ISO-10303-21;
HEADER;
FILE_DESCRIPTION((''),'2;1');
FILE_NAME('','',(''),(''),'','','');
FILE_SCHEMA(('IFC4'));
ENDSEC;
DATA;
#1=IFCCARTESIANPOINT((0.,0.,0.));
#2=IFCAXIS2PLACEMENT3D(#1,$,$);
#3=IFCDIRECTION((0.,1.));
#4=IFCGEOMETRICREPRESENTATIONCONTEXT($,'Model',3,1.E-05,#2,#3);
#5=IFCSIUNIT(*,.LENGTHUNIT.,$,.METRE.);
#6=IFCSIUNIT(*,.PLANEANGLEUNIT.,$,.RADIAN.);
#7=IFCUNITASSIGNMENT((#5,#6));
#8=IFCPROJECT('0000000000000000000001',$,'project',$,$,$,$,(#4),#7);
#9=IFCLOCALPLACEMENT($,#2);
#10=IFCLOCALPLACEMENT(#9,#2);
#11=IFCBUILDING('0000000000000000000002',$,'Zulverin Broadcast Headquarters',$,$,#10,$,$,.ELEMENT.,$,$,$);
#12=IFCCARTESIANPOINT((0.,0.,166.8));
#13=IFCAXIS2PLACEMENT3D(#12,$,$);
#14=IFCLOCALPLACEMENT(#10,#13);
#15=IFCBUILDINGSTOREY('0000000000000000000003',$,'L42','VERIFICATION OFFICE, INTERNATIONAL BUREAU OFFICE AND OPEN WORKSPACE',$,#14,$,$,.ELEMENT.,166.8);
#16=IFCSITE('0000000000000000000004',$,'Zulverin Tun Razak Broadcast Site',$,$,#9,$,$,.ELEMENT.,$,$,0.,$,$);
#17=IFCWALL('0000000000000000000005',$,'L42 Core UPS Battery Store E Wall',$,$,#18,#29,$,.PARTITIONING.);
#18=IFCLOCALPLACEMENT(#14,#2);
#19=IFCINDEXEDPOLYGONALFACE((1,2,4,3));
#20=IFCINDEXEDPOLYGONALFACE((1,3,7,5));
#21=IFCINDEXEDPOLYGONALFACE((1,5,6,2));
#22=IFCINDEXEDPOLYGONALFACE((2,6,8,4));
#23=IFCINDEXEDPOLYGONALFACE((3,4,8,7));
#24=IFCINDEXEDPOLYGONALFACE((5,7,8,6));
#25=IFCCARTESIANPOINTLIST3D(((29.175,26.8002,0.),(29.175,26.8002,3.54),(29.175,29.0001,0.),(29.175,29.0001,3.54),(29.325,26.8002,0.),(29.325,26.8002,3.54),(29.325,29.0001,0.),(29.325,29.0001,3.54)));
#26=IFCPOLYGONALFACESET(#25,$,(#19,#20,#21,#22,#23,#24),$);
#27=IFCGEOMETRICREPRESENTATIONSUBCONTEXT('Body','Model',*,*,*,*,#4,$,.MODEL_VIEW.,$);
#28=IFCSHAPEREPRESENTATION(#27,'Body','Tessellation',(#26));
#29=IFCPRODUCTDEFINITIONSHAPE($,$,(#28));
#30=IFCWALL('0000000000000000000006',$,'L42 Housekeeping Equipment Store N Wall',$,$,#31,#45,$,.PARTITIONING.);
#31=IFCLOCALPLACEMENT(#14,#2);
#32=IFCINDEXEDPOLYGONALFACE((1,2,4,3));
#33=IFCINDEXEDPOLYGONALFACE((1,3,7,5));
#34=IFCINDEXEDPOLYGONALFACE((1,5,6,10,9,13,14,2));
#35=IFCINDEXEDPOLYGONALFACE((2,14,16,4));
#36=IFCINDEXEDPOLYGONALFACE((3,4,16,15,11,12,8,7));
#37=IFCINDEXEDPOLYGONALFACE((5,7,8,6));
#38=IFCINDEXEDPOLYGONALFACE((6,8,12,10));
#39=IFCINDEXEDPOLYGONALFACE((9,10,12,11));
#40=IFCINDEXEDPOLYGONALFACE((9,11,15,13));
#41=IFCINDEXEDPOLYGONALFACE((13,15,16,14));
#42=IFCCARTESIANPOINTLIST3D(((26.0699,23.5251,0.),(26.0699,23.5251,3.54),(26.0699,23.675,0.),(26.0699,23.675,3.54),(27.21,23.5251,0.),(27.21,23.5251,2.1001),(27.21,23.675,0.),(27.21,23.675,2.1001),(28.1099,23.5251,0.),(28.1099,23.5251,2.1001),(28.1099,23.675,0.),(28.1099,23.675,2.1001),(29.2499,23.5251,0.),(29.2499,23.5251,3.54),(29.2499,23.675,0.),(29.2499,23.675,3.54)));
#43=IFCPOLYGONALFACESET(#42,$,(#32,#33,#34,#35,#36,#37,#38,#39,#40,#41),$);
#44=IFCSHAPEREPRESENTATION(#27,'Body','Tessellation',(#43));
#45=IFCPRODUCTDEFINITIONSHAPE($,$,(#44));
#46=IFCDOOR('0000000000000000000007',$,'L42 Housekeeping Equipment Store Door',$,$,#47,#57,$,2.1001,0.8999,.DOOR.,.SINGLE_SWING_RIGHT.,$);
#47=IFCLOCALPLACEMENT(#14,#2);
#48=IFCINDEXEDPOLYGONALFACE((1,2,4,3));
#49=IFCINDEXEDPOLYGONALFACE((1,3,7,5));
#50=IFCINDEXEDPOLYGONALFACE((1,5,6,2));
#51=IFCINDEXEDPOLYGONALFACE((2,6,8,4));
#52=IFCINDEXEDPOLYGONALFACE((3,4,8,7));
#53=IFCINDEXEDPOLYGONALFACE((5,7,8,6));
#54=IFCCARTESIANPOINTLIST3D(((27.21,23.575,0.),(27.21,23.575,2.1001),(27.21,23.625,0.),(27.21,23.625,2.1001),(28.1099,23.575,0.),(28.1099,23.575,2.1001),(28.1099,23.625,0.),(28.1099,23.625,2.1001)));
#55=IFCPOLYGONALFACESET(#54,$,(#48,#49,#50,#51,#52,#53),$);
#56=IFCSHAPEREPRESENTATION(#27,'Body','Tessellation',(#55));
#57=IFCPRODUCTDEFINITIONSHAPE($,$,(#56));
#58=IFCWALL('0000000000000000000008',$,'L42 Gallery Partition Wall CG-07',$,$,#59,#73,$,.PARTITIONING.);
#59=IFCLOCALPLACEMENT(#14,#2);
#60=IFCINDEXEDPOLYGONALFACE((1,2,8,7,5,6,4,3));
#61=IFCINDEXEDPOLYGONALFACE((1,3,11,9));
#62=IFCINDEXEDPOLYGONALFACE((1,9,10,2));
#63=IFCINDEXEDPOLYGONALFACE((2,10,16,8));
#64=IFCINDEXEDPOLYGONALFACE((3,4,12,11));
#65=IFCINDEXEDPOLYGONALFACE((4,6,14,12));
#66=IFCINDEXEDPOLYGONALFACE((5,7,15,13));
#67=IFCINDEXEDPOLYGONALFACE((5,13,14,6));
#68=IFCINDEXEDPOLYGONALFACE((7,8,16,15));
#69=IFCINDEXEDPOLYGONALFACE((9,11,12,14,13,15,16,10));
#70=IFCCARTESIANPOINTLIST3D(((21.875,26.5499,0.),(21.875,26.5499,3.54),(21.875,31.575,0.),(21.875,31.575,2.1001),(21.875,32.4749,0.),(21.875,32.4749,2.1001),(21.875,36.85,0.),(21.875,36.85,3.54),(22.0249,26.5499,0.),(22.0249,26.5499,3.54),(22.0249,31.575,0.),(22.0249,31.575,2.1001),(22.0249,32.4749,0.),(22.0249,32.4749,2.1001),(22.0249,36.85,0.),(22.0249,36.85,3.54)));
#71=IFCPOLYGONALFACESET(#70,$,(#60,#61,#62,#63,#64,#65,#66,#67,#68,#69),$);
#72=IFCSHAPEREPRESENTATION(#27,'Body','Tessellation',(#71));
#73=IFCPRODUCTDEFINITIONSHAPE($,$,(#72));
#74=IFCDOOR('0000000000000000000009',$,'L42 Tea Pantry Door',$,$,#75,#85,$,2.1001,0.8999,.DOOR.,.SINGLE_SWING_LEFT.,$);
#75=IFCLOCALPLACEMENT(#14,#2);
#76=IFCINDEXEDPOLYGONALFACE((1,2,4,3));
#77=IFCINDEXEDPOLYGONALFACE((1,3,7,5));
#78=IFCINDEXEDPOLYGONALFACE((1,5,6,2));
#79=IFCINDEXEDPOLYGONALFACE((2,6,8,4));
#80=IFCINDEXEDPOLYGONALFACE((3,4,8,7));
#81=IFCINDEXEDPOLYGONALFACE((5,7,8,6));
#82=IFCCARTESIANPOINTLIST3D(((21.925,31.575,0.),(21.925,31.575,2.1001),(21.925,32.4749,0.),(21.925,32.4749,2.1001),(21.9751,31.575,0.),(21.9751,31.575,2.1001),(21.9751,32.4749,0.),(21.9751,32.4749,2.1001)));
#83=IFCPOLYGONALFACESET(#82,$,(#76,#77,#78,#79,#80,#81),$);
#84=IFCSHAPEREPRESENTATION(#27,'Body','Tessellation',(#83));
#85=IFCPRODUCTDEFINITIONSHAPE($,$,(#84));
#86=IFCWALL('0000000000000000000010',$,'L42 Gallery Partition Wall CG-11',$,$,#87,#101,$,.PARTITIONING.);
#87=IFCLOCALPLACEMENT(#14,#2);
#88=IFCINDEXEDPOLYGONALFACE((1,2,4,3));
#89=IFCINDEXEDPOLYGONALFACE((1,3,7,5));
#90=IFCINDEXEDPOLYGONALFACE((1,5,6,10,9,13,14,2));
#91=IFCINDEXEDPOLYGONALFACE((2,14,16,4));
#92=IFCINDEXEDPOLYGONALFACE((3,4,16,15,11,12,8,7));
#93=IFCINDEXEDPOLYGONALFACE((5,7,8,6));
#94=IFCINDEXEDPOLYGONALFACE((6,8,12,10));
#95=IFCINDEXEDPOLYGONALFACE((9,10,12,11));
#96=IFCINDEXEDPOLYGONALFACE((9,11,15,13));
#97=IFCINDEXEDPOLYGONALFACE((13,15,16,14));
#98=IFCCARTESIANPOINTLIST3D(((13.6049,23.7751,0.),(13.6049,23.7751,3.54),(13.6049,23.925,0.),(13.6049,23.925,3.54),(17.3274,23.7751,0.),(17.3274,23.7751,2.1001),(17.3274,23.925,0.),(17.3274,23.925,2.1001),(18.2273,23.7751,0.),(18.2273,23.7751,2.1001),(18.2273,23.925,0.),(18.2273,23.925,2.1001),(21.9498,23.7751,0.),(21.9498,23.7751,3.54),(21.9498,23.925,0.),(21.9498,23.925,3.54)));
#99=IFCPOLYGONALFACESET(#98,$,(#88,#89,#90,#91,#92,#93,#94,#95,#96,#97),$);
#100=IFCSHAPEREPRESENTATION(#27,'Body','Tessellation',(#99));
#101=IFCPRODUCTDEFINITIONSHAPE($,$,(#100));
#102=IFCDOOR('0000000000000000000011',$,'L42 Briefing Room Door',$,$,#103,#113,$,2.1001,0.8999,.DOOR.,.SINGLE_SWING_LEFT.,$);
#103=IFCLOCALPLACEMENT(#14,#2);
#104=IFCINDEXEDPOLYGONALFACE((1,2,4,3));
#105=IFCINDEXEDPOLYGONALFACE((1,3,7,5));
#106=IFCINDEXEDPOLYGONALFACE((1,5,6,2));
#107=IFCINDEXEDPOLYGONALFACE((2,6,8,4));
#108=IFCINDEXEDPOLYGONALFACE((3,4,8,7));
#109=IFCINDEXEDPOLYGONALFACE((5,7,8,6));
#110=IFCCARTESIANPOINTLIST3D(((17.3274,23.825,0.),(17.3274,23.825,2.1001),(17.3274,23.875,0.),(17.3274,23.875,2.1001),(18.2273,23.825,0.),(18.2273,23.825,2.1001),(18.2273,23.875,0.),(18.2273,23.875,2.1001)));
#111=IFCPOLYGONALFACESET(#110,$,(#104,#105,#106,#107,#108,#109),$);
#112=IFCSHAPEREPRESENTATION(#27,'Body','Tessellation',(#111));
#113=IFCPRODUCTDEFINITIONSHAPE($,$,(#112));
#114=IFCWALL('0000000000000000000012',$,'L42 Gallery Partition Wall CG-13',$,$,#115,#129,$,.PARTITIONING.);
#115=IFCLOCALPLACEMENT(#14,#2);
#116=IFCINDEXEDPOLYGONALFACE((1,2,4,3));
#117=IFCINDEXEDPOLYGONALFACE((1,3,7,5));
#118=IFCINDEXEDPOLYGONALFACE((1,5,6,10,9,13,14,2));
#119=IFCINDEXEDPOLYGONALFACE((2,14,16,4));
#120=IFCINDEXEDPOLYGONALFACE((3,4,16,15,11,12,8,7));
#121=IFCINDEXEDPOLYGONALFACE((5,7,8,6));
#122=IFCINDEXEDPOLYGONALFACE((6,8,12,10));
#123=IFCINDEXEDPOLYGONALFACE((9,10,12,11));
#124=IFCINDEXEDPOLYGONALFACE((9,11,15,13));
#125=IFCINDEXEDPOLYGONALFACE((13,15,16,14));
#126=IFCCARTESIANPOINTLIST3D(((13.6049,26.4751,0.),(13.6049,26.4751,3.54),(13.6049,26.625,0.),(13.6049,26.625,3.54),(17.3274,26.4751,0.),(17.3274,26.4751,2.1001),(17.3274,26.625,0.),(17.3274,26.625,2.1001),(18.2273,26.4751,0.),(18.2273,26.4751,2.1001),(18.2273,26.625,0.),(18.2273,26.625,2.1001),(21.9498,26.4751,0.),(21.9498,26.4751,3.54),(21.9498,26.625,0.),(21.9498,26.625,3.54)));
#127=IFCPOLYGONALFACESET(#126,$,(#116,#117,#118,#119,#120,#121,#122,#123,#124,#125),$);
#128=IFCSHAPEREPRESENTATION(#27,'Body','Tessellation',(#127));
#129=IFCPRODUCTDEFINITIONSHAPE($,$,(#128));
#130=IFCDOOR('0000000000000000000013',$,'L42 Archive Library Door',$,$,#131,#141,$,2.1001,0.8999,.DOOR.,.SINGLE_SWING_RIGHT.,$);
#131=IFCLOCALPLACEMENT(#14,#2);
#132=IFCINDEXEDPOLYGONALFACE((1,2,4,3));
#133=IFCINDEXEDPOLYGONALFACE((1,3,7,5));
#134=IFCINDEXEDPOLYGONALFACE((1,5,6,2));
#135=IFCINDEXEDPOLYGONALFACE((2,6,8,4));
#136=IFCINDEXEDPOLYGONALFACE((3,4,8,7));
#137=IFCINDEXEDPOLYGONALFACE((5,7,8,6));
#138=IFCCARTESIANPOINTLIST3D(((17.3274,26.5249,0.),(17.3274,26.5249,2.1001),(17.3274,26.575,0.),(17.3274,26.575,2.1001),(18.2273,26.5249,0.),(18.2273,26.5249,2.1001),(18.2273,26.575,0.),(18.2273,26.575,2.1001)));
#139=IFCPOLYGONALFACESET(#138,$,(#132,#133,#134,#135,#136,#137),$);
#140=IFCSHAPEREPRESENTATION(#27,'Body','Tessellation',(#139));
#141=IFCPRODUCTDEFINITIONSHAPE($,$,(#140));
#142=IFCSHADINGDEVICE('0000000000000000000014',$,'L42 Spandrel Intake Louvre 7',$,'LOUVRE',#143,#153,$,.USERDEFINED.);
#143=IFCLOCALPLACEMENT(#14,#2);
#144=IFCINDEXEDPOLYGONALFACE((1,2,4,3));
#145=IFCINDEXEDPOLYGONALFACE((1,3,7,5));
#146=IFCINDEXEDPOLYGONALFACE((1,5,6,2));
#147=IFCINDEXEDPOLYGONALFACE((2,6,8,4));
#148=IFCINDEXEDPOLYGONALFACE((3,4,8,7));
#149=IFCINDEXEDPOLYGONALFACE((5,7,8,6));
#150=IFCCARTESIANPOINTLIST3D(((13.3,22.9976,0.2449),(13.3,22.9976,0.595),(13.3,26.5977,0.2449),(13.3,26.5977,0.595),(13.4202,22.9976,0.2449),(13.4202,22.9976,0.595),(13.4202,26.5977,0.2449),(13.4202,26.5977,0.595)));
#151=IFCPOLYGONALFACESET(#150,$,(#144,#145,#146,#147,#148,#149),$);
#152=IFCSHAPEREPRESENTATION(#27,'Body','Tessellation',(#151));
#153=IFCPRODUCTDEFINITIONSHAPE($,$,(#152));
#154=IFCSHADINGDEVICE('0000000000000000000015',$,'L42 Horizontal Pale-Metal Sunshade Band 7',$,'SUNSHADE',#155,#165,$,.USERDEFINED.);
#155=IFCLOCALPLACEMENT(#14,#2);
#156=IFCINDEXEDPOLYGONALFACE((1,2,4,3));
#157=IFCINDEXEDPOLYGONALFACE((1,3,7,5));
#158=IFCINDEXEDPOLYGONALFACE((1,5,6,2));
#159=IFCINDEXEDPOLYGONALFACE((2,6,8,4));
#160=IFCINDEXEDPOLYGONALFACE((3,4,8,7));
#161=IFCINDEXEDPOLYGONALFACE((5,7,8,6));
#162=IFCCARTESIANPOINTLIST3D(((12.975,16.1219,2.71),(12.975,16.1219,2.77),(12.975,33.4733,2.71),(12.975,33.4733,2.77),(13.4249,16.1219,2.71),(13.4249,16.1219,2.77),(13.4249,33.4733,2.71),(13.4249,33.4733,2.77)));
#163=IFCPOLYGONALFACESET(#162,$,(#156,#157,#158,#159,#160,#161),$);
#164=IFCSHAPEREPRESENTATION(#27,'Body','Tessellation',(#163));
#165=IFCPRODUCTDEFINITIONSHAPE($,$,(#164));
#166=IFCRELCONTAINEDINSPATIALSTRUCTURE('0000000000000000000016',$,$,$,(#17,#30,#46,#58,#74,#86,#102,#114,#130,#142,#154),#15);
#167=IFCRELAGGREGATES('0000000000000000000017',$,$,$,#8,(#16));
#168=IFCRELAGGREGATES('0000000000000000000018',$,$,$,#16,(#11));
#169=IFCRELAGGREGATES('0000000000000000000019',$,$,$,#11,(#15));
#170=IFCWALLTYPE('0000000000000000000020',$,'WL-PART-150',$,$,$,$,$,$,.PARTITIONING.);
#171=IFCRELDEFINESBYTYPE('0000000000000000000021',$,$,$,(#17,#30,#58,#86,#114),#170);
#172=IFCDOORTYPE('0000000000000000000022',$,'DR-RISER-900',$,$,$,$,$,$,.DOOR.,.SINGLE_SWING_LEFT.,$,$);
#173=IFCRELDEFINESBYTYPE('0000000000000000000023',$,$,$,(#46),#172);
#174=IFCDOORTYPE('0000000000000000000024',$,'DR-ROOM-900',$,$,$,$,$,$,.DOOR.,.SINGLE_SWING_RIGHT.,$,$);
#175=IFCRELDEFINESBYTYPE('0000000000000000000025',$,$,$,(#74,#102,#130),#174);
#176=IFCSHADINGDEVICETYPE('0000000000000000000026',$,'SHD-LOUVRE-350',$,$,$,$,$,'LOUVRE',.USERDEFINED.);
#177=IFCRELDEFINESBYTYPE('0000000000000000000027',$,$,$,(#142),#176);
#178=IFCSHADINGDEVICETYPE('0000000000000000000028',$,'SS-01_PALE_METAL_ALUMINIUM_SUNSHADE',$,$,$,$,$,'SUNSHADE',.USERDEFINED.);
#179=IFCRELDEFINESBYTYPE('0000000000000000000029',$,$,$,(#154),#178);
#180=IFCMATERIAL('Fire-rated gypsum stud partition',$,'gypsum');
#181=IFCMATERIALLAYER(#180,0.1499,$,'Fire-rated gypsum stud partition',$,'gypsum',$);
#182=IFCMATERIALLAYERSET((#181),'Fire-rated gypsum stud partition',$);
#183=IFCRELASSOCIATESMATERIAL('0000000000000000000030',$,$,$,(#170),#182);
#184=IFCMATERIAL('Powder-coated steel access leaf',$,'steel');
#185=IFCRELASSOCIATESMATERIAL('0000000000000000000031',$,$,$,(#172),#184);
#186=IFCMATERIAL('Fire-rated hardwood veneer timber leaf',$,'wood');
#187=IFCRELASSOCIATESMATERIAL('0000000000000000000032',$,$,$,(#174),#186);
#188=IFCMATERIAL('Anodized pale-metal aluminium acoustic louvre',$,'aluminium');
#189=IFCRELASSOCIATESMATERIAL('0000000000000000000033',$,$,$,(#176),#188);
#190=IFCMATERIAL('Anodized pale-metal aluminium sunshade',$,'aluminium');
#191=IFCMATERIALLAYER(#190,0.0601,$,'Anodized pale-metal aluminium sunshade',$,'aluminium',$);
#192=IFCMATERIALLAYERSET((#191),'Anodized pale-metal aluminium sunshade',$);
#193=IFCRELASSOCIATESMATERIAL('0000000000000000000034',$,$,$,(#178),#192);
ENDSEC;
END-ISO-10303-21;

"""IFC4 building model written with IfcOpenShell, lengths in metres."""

from ifc_helpers import new_model, si_unit, direction, frame, frame_2d, origin, origin_2d, place, context, subcontext, project, spatial, rectangle, extrude, material, layer, layer_set, type_object, element, fill, save


model = new_model("IFC4")

# Units and contexts
model_context = context("Model", 3, precision=1e-05, world=origin(), true_north=direction((0.0, 1.0)))
body_context = subcontext(model_context, "Body", "Model", "MODEL_VIEW")
ifc_project = project(units=[si_unit("LENGTHUNIT", "METRE"), si_unit("PLANEANGLEUNIT", "RADIAN")], contexts=[model_context])

# Site, building, storey
site_placement = place(None, origin())
site = spatial("IfcSite", under=ifc_project, at=site_placement, Name="Zulverin Tun Razak Broadcast Site", CompositionType="ELEMENT", RefElevation=0.0)
building_placement = place(site_placement, origin())
building = spatial("IfcBuilding", under=site, at=building_placement, Name="Zulverin Broadcast Headquarters", CompositionType="ELEMENT")
storey_placement = place(building_placement, frame((0.0, 0.0, 166.8)))
storey = spatial("IfcBuildingStorey", under=building, at=storey_placement, Name="L42", Description="VERIFICATION OFFICE, INTERNATIONAL BUREAU OFFICE AND OPEN WORKSPACE", CompositionType="ELEMENT", Elevation=166.8)

# Shared definitions
ifc_material_1 = material(Name="Fire-rated gypsum stud partition", Category="gypsum")
ifc_layer_1 = layer(ifc_material_1, 0.1499, Name="Fire-rated gypsum stud partition", Category="gypsum")
ifc_layer_set_1 = layer_set([ifc_layer_1], Name="Fire-rated gypsum stud partition")
wall_type_1 = type_object("IfcWallType", Name="WL-PART-150", PredefinedType="PARTITIONING", material=ifc_layer_set_1)

# Shared definitions
ifc_material_2 = material(Name="Powder-coated steel access leaf", Category="steel")
door_type_1 = type_object("IfcDoorType", Name="DR-RISER-900", OperationType="SINGLE_SWING_LEFT", PredefinedType="DOOR", material=ifc_material_2)

# Wall
wall_1_placement = place(storey_placement, frame((29.25, 26.8, 0.0), z_axis=(0.0, 0.0, 1.0), x_axis=(0.0, 1.0, 0.0)))
element("IfcWall", 1, at=wall_1_placement, inside=storey, type_object=wall_type_1, Name="L42 Core UPS Battery Store E Wall", PredefinedType="PARTITIONING", context=body_context, shape_type="SweptSolid", body=[
    extrude(rectangle(XDim=2.2, YDim=0.1499, at=frame_2d((1.1001, 0.0))), origin(), (0.0, 0.0, 1.0), 3.54),
])

# Walls, openings, doors
wall_2_placement = place(storey_placement, frame((26.0701, 23.6001, 0.0), z_axis=(0.0, 0.0, 1.0), x_axis=(1.0, 0.0, 0.0)))
wall_2 = element("IfcWall", 2, at=wall_2_placement, inside=storey, type_object=wall_type_1, Name="L42 Housekeeping Equipment Store N Wall", PredefinedType="PARTITIONING", context=body_context, shape_type="SweptSolid", body=[
    extrude(rectangle(XDim=3.1799, YDim=0.1499, at=frame_2d((1.5898, 0.0))), origin(), (0.0, 0.0, 1.0), 3.54),
])
opening_1_placement = place(wall_2_placement, frame((1.1399, 0.0, 0.0)))
opening_1 = element("IfcOpeningElement", 3, at=opening_1_placement, cuts=wall_2, PredefinedType="OPENING", context=body_context, shape_type="SweptSolid", body=[
    extrude(rectangle(XDim=0.8999, YDim=2.1001, at=frame_2d((0.45, 1.05))), frame((0.0, 0.085, 0.0), z_axis=(0.0, -1.0, 0.0), x_axis=(1.0, 0.0, 0.0)), (0.0, 0.0, 1.0), 0.1699),
])
door_1_placement = place(opening_1_placement, origin())
door_1 = element("IfcDoor", 4, at=door_1_placement, inside=storey, type_object=door_type_1, Name="L42 Housekeeping Equipment Store Door", OperationType="SINGLE_SWING_RIGHT", OverallHeight=2.1001, OverallWidth=0.8999, PredefinedType="DOOR", context=body_context, shape_type="SweptSolid", body=[
    extrude(rectangle(XDim=0.8999, YDim=2.1001, at=frame_2d((0.45, 1.05))), frame((0.0, 0.0249, 0.0), z_axis=(0.0, -1.0, 0.0), x_axis=(1.0, 0.0, 0.0)), (0.0, 0.0, 1.0), 0.05),
])
fill(opening_1, door_1)
wall_3_placement = place(storey_placement, frame((21.95, 26.55, 0.0), z_axis=(0.0, 0.0, 1.0), x_axis=(0.0, 1.0, 0.0)))
wall_3 = element("IfcWall", 5, at=wall_3_placement, inside=storey, type_object=wall_type_1, Name="L42 Gallery Partition Wall CG-07", PredefinedType="PARTITIONING", context=body_context, shape_type="SweptSolid", body=[
    extrude(rectangle(XDim=10.3, YDim=0.1499, at=frame_2d((5.1499, 0.0))), origin(), (0.0, 0.0, 1.0), 3.54),
])
opening_2_placement = place(wall_3_placement, frame((5.0249, 0.0, 0.0)))
opening_2 = element("IfcOpeningElement", 6, at=opening_2_placement, cuts=wall_3, PredefinedType="OPENING", context=body_context, shape_type="SweptSolid", body=[
    extrude(rectangle(XDim=0.8999, YDim=2.1001, at=frame_2d((0.45, 1.05))), frame((0.0, 0.085, 0.0), z_axis=(0.0, -1.0, 0.0), x_axis=(1.0, 0.0, 0.0)), (0.0, 0.0, 1.0), 0.1699),
])
ifc_material_3 = material(Name="Fire-rated hardwood veneer timber leaf", Category="wood")
door_type_2 = type_object("IfcDoorType", Name="DR-ROOM-900", OperationType="SINGLE_SWING_RIGHT", PredefinedType="DOOR", material=ifc_material_3)
door_2_placement = place(opening_2_placement, origin())
door_2 = element("IfcDoor", 7, at=door_2_placement, inside=storey, type_object=door_type_2, Name="L42 Tea Pantry Door", OperationType="SINGLE_SWING_LEFT", OverallHeight=2.1001, OverallWidth=0.8999, PredefinedType="DOOR", context=body_context, shape_type="SweptSolid", body=[
    extrude(rectangle(XDim=0.8999, YDim=2.1001, at=frame_2d((0.45, 1.05))), frame((0.0, 0.0249, 0.0), z_axis=(0.0, -1.0, 0.0), x_axis=(1.0, 0.0, 0.0)), (0.0, 0.0, 1.0), 0.05),
])
fill(opening_2, door_2)
wall_4_placement = place(storey_placement, frame((13.605, 23.8501, 0.0), z_axis=(0.0, 0.0, 1.0), x_axis=(1.0, 0.0, 0.0)))
wall_4 = element("IfcWall", 8, at=wall_4_placement, inside=storey, type_object=wall_type_1, Name="L42 Gallery Partition Wall CG-11", PredefinedType="PARTITIONING", context=body_context, shape_type="SweptSolid", body=[
    extrude(rectangle(XDim=8.345, YDim=0.1499, at=frame_2d((4.1724, 0.0))), origin(), (0.0, 0.0, 1.0), 3.54),
])
opening_3_placement = place(wall_4_placement, frame((3.7224, 0.0, 0.0)))
opening_3 = element("IfcOpeningElement", 9, at=opening_3_placement, cuts=wall_4, PredefinedType="OPENING", context=body_context, shape_type="SweptSolid", body=[
    extrude(rectangle(XDim=0.8999, YDim=2.1001, at=frame_2d((0.45, 1.05))), frame((0.0, 0.085, 0.0), z_axis=(0.0, -1.0, 0.0), x_axis=(1.0, 0.0, 0.0)), (0.0, 0.0, 1.0), 0.1699),
])
door_3_placement = place(opening_3_placement, origin())
door_3 = element("IfcDoor", 10, at=door_3_placement, inside=storey, type_object=door_type_2, Name="L42 Briefing Room Door", OperationType="SINGLE_SWING_LEFT", OverallHeight=2.1001, OverallWidth=0.8999, PredefinedType="DOOR", context=body_context, shape_type="SweptSolid", body=[
    extrude(rectangle(XDim=0.8999, YDim=2.1001, at=frame_2d((0.45, 1.05))), frame((0.0, 0.0249, 0.0), z_axis=(0.0, -1.0, 0.0), x_axis=(1.0, 0.0, 0.0)), (0.0, 0.0, 1.0), 0.05),
])
fill(opening_3, door_3)
wall_5_placement = place(storey_placement, frame((13.605, 26.55, 0.0), z_axis=(0.0, 0.0, 1.0), x_axis=(1.0, 0.0, 0.0)))
wall_5 = element("IfcWall", 11, at=wall_5_placement, inside=storey, type_object=wall_type_1, Name="L42 Gallery Partition Wall CG-13", PredefinedType="PARTITIONING", context=body_context, shape_type="SweptSolid", body=[
    extrude(rectangle(XDim=8.345, YDim=0.1499, at=frame_2d((4.1724, 0.0))), origin(), (0.0, 0.0, 1.0), 3.54),
])
opening_4_placement = place(wall_5_placement, frame((3.7224, 0.0, 0.0)))
opening_4 = element("IfcOpeningElement", 12, at=opening_4_placement, cuts=wall_5, PredefinedType="OPENING", context=body_context, shape_type="SweptSolid", body=[
    extrude(rectangle(XDim=0.8999, YDim=2.1001, at=frame_2d((0.45, 1.05))), frame((0.0, 0.085, 0.0), z_axis=(0.0, -1.0, 0.0), x_axis=(1.0, 0.0, 0.0)), (0.0, 0.0, 1.0), 0.1699),
])
door_4_placement = place(opening_4_placement, origin())
door_4 = element("IfcDoor", 13, at=door_4_placement, inside=storey, type_object=door_type_2, Name="L42 Archive Library Door", OperationType="SINGLE_SWING_RIGHT", OverallHeight=2.1001, OverallWidth=0.8999, PredefinedType="DOOR", context=body_context, shape_type="SweptSolid", body=[
    extrude(rectangle(XDim=0.8999, YDim=2.1001, at=frame_2d((0.45, 1.05))), frame((0.0, 0.0249, 0.0), z_axis=(0.0, -1.0, 0.0), x_axis=(1.0, 0.0, 0.0)), (0.0, 0.0, 1.0), 0.05),
])
fill(opening_4, door_4)

# Shading devices
ifc_material_4 = material(Name="Anodized pale-metal aluminium acoustic louvre", Category="aluminium")
shading_device_type_1 = type_object("IfcShadingDeviceType", Name="SHD-LOUVRE-350", ElementType="LOUVRE", PredefinedType="USERDEFINED", material=ifc_material_4)
shading_device_1_placement = place(storey_placement, frame((13.3601, 24.7976, 0.2449), z_axis=(0.0, 0.0, 1.0), x_axis=(0.0, -1.0, 0.0)))
element("IfcShadingDevice", 14, at=shading_device_1_placement, inside=storey, type_object=shading_device_type_1, Name="L42 Spandrel Intake Louvre 7", ObjectType="LOUVRE", PredefinedType="USERDEFINED", context=body_context, shape_type="SweptSolid", body=[
    extrude(rectangle(XDim=3.6001, YDim=0.1201, at=origin_2d()), origin(), (0.0, 0.0, 1.0), 0.3501),
])
ifc_material_5 = material(Name="Anodized pale-metal aluminium sunshade", Category="aluminium")
ifc_layer_2 = layer(ifc_material_5, 0.0601, Name="Anodized pale-metal aluminium sunshade", Category="aluminium")
ifc_layer_set_2 = layer_set([ifc_layer_2], Name="Anodized pale-metal aluminium sunshade")
shading_device_type_2 = type_object("IfcShadingDeviceType", Name="SS-01_PALE_METAL_ALUMINIUM_SUNSHADE", ElementType="SUNSHADE", PredefinedType="USERDEFINED", material=ifc_layer_set_2)
shading_device_2_placement = place(storey_placement, frame((13.2, 24.7976, 2.71), z_axis=(0.0, 0.0, 1.0), x_axis=(0.0, -1.0, 0.0)))
element("IfcShadingDevice", 15, at=shading_device_2_placement, inside=storey, type_object=shading_device_type_2, Name="L42 Horizontal Pale-Metal Sunshade Band 7", ObjectType="SUNSHADE", PredefinedType="USERDEFINED", context=body_context, shape_type="SweptSolid", body=[
    extrude(rectangle(XDim=17.3513, YDim=0.45, at=origin_2d()), origin(), (0.0, 0.0, 1.0), 0.0601),
])

save(model, "model.ifc")
